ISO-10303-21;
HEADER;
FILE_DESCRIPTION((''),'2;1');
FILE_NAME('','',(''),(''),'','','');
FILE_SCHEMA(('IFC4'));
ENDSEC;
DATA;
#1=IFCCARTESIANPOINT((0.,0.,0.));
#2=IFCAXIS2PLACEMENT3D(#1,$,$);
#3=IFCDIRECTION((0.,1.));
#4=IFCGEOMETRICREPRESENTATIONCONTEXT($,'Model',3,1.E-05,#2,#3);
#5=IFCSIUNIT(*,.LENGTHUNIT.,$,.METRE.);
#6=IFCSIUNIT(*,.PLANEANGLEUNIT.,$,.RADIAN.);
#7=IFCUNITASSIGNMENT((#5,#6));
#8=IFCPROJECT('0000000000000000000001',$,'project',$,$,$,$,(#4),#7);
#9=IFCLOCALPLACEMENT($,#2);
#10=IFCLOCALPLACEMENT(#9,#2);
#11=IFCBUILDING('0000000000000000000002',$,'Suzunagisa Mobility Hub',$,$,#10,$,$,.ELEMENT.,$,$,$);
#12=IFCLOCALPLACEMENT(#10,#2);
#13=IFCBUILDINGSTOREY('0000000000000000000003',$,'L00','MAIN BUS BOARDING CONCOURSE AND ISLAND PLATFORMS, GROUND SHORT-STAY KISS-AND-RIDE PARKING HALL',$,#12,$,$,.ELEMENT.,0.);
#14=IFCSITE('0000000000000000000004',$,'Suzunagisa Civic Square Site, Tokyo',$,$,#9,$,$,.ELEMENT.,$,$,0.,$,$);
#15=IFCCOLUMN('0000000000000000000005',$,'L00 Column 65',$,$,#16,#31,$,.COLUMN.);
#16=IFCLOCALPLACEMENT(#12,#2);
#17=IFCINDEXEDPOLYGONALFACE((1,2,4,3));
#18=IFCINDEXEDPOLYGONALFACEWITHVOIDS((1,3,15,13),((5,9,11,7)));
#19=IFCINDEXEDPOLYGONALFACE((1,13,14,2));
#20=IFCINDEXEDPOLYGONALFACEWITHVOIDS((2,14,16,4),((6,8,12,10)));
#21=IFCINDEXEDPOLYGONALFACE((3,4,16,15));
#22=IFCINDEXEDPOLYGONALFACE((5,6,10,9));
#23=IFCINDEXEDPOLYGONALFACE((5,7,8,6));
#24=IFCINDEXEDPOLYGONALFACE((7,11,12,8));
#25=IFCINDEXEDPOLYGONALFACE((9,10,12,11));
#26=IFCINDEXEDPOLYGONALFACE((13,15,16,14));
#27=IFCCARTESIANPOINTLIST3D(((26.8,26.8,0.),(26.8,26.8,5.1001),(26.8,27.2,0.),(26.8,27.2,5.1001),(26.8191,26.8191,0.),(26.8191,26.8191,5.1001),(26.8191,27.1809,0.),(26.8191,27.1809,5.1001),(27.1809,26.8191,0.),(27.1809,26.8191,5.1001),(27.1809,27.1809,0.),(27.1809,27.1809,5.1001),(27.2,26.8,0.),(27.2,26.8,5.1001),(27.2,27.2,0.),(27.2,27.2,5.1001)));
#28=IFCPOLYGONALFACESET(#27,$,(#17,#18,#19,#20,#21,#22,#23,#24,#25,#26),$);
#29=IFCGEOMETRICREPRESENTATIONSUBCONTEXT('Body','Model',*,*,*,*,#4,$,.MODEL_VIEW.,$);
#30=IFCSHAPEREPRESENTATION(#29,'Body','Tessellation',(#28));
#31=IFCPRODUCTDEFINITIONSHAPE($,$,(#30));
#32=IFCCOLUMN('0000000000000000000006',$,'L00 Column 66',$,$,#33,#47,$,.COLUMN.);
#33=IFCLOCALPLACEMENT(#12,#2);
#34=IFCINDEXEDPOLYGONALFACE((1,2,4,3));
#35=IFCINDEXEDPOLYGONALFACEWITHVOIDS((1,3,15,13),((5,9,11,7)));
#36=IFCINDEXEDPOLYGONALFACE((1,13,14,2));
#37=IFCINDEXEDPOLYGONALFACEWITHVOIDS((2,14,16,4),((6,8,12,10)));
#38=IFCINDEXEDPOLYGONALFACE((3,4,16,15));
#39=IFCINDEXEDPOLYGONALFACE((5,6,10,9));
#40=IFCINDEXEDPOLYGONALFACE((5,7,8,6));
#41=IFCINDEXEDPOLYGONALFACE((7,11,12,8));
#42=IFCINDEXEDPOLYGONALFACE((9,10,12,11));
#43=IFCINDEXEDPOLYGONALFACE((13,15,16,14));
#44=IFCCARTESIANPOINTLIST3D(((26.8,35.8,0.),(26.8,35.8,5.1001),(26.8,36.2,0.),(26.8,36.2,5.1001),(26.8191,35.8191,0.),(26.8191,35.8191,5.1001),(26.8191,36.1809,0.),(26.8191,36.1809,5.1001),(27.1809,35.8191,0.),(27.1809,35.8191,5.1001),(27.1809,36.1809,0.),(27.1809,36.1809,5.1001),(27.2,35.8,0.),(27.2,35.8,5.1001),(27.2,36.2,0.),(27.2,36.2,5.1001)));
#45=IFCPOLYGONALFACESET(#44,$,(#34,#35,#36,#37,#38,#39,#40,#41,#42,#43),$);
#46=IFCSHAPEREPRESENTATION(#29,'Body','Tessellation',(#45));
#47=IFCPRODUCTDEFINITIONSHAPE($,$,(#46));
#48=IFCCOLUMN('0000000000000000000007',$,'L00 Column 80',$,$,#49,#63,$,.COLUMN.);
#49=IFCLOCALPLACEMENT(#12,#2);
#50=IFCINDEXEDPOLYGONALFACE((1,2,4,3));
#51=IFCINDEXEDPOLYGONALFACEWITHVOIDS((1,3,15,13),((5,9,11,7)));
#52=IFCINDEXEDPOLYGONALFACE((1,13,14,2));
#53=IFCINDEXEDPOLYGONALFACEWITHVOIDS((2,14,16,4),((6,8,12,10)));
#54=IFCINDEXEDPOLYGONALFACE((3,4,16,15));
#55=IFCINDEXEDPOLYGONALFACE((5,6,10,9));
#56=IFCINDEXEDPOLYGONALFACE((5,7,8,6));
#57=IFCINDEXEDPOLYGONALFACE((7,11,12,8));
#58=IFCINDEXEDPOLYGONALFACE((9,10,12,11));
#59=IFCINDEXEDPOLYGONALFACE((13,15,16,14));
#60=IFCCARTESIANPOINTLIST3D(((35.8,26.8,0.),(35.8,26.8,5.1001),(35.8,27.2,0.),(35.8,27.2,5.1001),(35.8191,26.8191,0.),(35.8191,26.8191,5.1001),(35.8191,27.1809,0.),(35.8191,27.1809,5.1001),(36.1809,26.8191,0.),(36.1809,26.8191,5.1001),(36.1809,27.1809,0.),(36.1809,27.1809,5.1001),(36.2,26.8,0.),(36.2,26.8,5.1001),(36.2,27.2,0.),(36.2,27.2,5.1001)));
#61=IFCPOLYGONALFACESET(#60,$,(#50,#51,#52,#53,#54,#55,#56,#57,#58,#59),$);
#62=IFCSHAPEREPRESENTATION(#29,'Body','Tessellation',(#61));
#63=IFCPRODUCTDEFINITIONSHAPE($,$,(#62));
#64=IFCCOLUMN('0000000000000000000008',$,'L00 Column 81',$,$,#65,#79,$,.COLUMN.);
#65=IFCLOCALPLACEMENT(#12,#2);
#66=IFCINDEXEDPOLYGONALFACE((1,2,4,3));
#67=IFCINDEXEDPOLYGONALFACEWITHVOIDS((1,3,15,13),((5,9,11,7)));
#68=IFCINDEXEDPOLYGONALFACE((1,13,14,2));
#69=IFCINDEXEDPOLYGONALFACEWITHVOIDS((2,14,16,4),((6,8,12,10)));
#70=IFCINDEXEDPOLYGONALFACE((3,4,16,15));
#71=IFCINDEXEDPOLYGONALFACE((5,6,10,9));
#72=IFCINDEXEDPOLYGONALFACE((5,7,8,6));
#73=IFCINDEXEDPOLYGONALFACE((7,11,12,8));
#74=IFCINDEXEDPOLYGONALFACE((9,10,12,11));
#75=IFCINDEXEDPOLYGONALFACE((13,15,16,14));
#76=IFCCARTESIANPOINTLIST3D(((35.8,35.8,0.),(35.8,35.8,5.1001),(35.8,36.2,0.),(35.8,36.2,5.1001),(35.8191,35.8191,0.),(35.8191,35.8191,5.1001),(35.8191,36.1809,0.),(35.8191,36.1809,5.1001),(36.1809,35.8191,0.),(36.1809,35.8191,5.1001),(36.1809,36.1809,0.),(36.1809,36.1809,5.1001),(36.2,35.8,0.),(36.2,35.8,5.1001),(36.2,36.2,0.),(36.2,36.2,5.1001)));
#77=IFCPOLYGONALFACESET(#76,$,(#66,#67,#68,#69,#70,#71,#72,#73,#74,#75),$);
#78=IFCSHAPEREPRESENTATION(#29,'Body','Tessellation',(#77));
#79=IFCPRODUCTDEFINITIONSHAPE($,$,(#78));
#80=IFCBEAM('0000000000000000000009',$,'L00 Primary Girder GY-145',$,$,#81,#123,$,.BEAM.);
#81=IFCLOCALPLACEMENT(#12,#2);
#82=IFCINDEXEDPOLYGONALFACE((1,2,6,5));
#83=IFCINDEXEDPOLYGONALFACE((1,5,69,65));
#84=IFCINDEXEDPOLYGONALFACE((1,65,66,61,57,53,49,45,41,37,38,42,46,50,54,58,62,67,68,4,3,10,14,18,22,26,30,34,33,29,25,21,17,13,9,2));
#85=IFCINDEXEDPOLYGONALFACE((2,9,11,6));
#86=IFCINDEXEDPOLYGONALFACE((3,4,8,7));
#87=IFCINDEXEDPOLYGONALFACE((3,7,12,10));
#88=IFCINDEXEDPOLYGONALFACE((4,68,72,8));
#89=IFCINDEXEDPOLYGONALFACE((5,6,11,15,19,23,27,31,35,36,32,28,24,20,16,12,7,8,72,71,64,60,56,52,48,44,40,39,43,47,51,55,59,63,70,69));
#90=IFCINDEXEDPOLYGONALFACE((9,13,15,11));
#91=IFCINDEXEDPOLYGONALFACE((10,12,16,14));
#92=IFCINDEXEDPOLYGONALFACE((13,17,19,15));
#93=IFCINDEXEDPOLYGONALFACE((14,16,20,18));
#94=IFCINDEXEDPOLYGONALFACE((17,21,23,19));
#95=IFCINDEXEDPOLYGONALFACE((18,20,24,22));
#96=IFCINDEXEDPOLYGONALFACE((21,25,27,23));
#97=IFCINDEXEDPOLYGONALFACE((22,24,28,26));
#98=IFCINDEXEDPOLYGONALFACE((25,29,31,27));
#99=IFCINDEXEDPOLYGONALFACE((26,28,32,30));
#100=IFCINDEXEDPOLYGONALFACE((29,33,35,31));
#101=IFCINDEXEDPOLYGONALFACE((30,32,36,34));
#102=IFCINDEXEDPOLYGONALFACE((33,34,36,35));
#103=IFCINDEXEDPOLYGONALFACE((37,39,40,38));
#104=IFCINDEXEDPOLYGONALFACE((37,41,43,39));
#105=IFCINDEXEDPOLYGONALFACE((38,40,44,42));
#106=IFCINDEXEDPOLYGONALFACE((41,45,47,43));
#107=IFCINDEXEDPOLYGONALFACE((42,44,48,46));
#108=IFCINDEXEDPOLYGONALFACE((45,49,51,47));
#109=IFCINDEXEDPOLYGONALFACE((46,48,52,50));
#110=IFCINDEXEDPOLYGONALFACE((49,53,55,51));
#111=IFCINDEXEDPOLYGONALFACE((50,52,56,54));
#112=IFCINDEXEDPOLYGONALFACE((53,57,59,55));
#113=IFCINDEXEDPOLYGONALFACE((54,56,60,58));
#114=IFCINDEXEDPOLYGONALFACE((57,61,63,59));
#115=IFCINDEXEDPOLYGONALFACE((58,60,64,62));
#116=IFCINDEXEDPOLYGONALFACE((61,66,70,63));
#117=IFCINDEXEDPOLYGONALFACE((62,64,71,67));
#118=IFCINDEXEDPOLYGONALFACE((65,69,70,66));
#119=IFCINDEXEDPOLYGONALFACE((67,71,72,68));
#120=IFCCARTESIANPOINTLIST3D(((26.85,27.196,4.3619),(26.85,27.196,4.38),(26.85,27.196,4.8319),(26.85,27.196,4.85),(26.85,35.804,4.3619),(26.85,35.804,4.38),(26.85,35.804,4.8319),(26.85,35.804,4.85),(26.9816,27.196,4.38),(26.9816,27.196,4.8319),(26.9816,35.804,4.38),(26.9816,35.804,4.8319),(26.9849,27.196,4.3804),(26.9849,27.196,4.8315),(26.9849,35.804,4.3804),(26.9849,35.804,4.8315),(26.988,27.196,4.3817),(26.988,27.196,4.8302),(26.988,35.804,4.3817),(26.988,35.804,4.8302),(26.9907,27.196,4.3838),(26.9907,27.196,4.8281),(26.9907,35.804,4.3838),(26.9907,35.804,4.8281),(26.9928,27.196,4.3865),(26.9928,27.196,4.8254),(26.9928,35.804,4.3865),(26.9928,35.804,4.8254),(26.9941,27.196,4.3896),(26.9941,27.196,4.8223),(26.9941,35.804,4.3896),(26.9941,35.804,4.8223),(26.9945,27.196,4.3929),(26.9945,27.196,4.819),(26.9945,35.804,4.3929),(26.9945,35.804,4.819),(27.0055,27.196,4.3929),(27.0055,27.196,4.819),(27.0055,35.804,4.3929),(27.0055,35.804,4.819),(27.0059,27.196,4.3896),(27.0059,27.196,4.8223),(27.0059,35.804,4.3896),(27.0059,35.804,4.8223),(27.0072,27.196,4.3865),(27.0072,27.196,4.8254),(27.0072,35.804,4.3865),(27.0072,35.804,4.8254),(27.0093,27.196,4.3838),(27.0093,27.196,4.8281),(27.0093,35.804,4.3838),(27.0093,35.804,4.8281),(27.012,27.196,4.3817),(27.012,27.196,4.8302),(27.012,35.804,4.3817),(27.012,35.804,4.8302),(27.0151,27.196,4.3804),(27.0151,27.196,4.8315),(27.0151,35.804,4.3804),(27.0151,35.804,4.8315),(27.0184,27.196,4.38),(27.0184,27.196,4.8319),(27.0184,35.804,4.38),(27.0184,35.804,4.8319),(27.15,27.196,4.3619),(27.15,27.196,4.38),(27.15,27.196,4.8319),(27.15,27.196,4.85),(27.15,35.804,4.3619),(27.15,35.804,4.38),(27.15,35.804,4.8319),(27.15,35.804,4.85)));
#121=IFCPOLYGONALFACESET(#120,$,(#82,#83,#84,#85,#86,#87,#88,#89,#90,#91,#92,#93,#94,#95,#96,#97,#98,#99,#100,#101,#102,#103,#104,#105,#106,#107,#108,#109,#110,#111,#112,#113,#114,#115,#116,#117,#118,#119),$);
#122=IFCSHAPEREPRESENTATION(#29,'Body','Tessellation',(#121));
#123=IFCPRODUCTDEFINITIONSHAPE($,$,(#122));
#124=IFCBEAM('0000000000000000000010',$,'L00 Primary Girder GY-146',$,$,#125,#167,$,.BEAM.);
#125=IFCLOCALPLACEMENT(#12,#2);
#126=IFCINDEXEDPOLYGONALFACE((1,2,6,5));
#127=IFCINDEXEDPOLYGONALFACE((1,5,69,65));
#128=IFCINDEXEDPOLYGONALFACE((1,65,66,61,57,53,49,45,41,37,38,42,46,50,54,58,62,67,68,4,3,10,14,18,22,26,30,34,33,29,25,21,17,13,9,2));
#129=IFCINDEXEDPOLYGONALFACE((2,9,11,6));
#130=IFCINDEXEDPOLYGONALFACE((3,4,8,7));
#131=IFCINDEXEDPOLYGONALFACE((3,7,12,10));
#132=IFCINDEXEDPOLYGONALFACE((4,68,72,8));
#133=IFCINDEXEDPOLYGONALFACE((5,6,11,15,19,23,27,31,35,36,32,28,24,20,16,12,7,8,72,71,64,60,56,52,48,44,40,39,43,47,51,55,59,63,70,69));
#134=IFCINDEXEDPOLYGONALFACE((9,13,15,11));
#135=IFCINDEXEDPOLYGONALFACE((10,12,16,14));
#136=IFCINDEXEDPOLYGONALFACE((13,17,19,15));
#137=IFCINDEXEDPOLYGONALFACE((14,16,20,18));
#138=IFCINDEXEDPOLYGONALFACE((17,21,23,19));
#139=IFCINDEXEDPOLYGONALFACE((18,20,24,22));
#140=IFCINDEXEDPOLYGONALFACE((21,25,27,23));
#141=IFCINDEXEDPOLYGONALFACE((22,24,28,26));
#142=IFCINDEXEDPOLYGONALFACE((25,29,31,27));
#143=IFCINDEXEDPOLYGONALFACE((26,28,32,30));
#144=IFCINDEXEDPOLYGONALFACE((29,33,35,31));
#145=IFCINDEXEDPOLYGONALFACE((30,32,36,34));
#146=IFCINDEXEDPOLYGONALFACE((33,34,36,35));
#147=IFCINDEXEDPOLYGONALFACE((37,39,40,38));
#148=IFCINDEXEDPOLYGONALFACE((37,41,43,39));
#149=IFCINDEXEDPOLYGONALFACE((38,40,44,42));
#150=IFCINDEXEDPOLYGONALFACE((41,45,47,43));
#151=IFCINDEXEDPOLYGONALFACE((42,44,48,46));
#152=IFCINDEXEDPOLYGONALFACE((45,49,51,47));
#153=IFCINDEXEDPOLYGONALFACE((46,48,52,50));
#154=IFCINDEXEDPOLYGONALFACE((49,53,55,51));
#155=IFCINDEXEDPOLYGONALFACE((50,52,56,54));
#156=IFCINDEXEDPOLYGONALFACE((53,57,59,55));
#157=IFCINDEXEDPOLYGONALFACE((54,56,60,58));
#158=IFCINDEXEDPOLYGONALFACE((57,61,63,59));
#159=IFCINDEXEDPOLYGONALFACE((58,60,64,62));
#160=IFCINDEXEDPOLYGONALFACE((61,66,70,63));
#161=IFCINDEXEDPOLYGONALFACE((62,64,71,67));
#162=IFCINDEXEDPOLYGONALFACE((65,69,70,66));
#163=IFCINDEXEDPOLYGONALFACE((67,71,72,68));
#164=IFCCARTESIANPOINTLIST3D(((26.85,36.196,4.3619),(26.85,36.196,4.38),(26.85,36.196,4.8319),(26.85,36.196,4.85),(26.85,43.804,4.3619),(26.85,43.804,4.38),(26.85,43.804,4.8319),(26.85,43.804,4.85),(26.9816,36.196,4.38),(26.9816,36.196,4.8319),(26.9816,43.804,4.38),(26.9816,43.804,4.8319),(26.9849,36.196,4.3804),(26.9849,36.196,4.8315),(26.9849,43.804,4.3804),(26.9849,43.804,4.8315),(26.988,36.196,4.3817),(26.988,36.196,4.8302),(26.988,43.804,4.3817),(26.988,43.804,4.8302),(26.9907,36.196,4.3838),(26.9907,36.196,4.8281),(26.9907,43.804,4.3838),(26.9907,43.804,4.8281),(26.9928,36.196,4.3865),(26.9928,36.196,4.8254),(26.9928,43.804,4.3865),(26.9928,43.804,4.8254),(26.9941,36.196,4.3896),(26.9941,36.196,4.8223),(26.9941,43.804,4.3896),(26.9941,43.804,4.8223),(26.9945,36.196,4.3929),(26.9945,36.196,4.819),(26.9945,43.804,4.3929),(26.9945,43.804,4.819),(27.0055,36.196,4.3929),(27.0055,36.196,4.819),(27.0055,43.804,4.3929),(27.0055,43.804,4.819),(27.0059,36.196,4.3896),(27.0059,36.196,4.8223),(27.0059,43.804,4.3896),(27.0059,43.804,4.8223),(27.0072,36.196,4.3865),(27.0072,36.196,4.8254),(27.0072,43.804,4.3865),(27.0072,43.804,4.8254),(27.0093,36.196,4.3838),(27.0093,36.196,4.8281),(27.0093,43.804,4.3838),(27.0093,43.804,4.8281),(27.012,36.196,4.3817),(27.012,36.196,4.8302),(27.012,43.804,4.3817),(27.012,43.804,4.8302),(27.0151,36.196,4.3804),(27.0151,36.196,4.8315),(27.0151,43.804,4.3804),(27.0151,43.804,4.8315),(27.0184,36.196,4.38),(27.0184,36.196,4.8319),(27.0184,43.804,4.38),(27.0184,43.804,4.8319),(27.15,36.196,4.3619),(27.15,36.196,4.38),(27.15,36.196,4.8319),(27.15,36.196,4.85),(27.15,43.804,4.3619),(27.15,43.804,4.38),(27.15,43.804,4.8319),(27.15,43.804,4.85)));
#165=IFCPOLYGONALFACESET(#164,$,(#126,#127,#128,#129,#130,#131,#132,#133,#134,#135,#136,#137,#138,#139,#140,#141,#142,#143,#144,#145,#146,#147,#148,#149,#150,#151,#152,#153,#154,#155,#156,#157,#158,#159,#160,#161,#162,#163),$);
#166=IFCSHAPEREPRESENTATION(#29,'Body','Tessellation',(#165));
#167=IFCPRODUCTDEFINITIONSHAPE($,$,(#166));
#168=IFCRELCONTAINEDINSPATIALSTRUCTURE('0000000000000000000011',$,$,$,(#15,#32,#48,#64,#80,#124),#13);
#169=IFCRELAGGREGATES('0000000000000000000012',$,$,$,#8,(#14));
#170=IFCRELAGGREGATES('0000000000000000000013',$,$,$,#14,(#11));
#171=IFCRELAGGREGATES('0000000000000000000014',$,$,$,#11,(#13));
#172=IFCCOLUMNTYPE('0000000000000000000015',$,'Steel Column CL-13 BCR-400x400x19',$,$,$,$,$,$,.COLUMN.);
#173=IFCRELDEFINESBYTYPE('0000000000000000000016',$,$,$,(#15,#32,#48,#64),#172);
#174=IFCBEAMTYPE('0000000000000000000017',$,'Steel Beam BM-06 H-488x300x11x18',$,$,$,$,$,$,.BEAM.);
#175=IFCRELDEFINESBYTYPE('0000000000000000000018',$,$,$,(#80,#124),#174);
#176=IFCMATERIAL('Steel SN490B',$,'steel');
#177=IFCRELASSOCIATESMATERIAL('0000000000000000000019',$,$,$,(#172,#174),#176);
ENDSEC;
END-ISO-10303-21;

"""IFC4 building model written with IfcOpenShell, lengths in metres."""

from ifc_helpers import new_model, si_unit, direction, frame, origin, origin_2d, place, context, subcontext, project, spatial, hollow_rectangle, i_section, extrude, material, material_profile, profile_set, type_object, element, save


model = new_model("IFC4")

# Units and contexts
model_context = context("Model", 3, precision=1e-05, world=origin(), true_north=direction((0.0, 1.0)))
body_context = subcontext(model_context, "Body", "Model", "MODEL_VIEW")
ifc_project = project(units=[si_unit("LENGTHUNIT", "METRE"), si_unit("PLANEANGLEUNIT", "RADIAN")], contexts=[model_context])

# Site, building, storey
site_placement = place(None, origin())
site = spatial("IfcSite", under=ifc_project, at=site_placement, Name="Suzunagisa Civic Square Site, Tokyo", CompositionType="ELEMENT", RefElevation=0.0)
building_placement = place(site_placement, origin())
building = spatial("IfcBuilding", under=site, at=building_placement, Name="Suzunagisa Mobility Hub", CompositionType="ELEMENT")
storey_placement = place(building_placement, origin())
storey = spatial("IfcBuildingStorey", under=building, at=storey_placement, Name="L00", Description="MAIN BUS BOARDING CONCOURSE AND ISLAND PLATFORMS, GROUND SHORT-STAY KISS-AND-RIDE PARKING HALL", CompositionType="ELEMENT", Elevation=0.0)

# Columns
ifc_material_1 = material(Name="Steel SN490B", Category="steel")
ifc_material_profile_1 = material_profile(ifc_material_1, hollow_rectangle(XDim=0.3999, YDim=0.3999, WallThickness=0.019, at=origin_2d()), Name="BCR-400x400x19")
ifc_profile_set_1 = profile_set([ifc_material_profile_1], Name="Steel SN490B")
column_type = type_object("IfcColumnType", Name="Steel Column CL-13 BCR-400x400x19", PredefinedType="COLUMN", material=ifc_profile_set_1)
for number, where, z_axis, x_axis, name in (
    (1, (27.0, 27.0, 0.0), (0.0, 0.0, 1.0), (1.0, 0.0, 0.0), "L00 Column 65"),
    (2, (27.0, 36.0, 0.0), (0.0, 0.0, 1.0), (1.0, 0.0, 0.0), "L00 Column 66"),
    (3, (36.0, 27.0, 0.0), (0.0, 0.0, 1.0), (1.0, 0.0, 0.0), "L00 Column 80"),
    (4, (36.0, 36.0, 0.0), (0.0, 0.0, 1.0), (1.0, 0.0, 0.0), "L00 Column 81"),
):
    element("IfcColumn", number, at=place(storey_placement, frame(where, z_axis=z_axis, x_axis=x_axis)), inside=storey, type_object=column_type, Name=name, PredefinedType="COLUMN", context=body_context, shape_type="SweptSolid", body=[
        extrude(hollow_rectangle(XDim=0.3999, YDim=0.3999, WallThickness=0.019, at=origin_2d()), origin(), (0.0, 0.0, 1.0), 5.1001),
    ])

# Beams
ifc_material_profile_2 = material_profile(ifc_material_1, i_section(OverallWidth=0.3, OverallDepth=0.488, WebThickness=0.011, FlangeThickness=0.0181, FilletRadius=0.0129, at=origin_2d()), Name="H-488x300x11x18")
ifc_profile_set_2 = profile_set([ifc_material_profile_2], Name="Steel SN490B")
beam_type_1 = type_object("IfcBeamType", Name="Steel Beam BM-06 H-488x300x11x18", PredefinedType="BEAM", material=ifc_profile_set_2)
beam_1_placement = place(storey_placement, frame((27.0, 27.196, 4.606), z_axis=(0.0, 1.0, 0.0), x_axis=(-1.0, 0.0, 0.0)))
element("IfcBeam", 5, at=beam_1_placement, inside=storey, type_object=beam_type_1, Name="L00 Primary Girder GY-145", PredefinedType="BEAM", context=body_context, shape_type="SweptSolid", body=[
    extrude(i_section(OverallWidth=0.3, OverallDepth=0.488, WebThickness=0.011, FlangeThickness=0.0181, FilletRadius=0.0129, at=origin_2d()), origin(), (0.0, 0.0, 1.0), 8.6079),
])
beam_2_placement = place(storey_placement, frame((27.0, 36.196, 4.606), z_axis=(0.0, 1.0, 0.0), x_axis=(-1.0, 0.0, 0.0)))
element("IfcBeam", 6, at=beam_2_placement, inside=storey, type_object=beam_type_1, Name="L00 Primary Girder GY-146", PredefinedType="BEAM", context=body_context, shape_type="SweptSolid", body=[
    extrude(i_section(OverallWidth=0.3, OverallDepth=0.488, WebThickness=0.011, FlangeThickness=0.0181, FilletRadius=0.0129, at=origin_2d()), origin(), (0.0, 0.0, 1.0), 7.6079),
])

save(model, "model.ifc")
